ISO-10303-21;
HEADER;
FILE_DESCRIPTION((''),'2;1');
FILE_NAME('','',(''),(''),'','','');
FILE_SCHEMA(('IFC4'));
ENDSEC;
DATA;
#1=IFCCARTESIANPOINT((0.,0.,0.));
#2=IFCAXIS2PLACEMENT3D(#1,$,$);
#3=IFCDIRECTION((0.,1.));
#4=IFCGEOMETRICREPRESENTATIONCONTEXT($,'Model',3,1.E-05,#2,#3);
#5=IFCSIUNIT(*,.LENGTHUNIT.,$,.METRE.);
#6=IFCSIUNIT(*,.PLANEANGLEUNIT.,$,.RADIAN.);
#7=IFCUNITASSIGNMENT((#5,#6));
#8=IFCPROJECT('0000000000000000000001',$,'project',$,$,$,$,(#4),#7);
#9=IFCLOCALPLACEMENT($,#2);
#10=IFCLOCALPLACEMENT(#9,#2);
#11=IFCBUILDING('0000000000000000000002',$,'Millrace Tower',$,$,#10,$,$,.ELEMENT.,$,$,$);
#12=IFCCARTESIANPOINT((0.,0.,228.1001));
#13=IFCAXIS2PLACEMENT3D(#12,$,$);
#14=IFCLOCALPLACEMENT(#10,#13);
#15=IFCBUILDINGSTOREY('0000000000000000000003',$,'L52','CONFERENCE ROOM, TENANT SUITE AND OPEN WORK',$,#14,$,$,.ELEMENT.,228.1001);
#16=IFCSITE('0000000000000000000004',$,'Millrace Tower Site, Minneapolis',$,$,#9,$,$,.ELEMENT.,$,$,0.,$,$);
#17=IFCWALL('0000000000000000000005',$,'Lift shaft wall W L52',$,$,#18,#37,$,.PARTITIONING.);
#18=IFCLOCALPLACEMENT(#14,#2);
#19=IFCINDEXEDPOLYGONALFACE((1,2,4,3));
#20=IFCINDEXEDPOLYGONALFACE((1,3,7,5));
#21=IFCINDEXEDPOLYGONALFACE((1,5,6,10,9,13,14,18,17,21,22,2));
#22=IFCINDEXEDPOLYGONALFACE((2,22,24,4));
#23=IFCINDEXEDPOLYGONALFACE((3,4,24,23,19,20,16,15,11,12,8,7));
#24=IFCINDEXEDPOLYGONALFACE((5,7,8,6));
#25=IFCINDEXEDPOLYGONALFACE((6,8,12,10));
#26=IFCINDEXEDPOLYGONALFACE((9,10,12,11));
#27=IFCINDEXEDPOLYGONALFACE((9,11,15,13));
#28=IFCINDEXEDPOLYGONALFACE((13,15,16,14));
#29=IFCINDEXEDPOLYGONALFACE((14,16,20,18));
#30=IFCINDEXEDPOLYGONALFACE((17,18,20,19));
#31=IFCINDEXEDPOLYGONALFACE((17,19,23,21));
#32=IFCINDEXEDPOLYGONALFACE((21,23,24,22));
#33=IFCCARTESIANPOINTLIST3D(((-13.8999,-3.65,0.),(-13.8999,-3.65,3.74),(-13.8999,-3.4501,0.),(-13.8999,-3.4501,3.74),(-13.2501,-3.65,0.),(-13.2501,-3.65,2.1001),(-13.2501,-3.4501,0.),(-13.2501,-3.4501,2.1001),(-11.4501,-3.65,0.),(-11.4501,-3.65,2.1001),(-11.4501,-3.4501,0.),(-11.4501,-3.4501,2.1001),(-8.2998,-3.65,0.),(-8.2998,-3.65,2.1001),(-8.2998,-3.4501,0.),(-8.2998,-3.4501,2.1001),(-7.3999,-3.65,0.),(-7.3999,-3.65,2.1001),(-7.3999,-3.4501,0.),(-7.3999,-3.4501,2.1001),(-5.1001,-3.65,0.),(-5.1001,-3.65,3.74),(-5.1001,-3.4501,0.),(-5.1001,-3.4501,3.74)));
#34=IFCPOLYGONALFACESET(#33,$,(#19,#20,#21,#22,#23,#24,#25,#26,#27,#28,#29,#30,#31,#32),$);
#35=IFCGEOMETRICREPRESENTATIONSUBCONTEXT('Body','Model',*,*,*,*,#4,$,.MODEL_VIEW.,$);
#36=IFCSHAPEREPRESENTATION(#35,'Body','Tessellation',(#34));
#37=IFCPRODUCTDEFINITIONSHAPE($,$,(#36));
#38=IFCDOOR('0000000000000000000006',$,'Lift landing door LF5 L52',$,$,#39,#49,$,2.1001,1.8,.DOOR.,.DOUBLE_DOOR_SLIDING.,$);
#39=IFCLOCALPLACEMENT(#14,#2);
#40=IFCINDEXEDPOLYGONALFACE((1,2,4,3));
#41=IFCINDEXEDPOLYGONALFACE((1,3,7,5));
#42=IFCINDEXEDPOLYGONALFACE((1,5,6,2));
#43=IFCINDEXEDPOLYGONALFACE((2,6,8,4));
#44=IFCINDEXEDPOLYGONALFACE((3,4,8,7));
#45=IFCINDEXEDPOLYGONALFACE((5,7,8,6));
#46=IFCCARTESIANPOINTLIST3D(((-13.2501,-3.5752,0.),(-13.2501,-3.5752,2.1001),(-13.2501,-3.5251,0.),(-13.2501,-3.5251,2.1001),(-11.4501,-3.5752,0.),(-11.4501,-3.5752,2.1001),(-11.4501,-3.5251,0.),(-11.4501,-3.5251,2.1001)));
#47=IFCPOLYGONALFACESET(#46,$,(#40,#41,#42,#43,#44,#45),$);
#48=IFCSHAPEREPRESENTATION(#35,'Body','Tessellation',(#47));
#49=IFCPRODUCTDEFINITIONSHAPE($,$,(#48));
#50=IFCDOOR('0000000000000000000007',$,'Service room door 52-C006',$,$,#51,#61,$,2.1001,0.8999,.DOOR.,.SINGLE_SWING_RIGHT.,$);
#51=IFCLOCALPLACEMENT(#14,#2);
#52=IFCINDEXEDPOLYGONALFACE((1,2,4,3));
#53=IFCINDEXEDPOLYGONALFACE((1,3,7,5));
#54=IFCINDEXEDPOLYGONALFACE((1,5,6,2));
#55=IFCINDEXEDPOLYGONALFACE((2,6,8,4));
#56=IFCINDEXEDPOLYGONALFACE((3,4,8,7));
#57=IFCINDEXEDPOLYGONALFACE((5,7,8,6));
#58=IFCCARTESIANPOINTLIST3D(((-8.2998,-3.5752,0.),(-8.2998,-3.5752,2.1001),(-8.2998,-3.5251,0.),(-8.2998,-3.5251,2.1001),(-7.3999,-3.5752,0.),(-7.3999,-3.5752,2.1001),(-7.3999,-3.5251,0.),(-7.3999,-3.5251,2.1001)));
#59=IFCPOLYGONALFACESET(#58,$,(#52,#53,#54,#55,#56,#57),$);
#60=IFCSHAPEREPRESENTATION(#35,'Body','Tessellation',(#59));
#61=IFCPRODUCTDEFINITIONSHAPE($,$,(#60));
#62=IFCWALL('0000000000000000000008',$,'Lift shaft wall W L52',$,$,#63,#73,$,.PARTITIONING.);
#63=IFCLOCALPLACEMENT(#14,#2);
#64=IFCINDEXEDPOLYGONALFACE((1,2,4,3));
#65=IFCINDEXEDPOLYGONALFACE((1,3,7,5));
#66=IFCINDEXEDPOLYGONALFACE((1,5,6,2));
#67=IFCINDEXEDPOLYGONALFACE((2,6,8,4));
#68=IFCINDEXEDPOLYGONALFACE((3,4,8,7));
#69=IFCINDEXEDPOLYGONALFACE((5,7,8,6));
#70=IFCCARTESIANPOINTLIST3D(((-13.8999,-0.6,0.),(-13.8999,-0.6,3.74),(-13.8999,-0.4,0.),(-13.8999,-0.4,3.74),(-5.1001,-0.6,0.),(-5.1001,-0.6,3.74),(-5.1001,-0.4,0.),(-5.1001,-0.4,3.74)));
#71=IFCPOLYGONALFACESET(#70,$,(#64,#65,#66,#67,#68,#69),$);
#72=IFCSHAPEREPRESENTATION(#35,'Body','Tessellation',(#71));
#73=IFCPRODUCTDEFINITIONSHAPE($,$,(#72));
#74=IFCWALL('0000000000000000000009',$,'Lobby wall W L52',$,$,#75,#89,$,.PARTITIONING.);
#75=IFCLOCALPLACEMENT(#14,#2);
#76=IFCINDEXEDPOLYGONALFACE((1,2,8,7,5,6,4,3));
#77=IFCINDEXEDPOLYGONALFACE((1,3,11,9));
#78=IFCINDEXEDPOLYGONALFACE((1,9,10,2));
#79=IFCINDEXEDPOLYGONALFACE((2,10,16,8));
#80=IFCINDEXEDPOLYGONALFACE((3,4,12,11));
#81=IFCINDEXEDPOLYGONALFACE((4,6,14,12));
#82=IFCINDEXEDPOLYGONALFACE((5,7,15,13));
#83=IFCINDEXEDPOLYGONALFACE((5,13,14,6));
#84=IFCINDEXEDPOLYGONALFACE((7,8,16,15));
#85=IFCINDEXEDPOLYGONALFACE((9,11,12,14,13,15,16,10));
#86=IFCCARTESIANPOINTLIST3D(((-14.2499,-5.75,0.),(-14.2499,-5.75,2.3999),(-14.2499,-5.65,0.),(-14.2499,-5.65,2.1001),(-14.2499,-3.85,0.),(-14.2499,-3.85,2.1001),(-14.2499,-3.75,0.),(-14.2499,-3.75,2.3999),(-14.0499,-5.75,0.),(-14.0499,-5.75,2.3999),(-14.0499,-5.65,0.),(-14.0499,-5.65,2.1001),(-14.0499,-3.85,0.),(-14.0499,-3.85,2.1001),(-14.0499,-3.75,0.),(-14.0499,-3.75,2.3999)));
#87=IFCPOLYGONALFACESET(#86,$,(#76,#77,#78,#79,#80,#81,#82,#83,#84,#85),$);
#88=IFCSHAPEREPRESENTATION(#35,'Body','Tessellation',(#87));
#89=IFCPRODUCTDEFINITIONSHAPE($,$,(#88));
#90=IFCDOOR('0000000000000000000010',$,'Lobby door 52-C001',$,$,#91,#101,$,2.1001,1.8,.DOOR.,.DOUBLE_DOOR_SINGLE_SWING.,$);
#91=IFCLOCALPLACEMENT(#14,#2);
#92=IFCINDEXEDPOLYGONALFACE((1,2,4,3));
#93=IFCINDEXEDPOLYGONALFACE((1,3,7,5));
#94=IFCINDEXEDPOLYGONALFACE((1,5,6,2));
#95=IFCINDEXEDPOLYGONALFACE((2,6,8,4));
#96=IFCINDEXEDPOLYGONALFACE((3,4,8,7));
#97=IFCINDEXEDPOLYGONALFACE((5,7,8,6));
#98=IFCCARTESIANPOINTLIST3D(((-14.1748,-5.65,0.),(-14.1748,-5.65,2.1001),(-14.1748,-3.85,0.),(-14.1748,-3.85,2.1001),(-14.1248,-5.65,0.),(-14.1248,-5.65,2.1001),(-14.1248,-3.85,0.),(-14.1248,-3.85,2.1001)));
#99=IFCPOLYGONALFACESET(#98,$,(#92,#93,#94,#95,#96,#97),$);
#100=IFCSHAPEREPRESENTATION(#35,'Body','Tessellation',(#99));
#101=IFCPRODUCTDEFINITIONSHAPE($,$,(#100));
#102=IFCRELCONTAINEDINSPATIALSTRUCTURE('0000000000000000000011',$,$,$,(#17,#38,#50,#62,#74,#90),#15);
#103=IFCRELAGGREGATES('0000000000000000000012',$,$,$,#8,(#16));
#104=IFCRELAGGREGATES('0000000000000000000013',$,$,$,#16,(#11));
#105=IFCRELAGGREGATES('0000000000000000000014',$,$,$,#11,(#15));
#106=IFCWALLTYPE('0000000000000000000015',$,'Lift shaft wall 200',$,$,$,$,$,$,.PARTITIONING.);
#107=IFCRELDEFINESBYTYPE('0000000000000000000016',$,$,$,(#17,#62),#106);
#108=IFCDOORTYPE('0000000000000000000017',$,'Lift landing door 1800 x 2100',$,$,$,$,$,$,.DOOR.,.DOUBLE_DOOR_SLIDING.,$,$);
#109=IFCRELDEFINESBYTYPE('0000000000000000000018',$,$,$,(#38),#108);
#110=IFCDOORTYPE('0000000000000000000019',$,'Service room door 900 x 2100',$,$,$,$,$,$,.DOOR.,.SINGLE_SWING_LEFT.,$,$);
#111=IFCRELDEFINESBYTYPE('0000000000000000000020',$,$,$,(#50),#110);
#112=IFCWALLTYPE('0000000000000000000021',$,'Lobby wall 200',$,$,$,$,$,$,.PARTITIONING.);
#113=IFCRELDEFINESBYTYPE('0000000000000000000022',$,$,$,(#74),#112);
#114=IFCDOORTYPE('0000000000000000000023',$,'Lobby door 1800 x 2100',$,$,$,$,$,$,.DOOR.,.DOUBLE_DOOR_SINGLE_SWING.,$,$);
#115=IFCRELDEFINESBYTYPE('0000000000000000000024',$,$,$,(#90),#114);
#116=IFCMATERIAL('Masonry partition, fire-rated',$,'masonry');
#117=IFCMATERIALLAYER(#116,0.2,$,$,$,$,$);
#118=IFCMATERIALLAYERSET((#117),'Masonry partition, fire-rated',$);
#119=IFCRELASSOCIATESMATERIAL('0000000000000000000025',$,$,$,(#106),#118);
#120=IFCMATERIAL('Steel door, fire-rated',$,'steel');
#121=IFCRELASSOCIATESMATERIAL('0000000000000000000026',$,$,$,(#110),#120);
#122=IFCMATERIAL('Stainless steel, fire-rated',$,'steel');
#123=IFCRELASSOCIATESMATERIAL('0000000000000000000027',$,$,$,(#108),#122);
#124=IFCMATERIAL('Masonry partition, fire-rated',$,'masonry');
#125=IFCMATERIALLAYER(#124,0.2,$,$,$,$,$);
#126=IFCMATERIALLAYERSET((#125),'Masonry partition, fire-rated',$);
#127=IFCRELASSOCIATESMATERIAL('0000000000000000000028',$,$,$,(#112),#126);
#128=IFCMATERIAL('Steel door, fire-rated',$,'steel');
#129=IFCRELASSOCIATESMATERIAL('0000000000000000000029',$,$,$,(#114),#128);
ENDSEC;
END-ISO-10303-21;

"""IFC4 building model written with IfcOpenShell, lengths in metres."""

from ifc_helpers import new_model, si_unit, direction, frame, frame_2d, origin, place, context, subcontext, project, spatial, rectangle, extrude, material, layer, layer_set, type_object, element, fill, save


model = new_model("IFC4")

# Units and contexts
model_context = context("Model", 3, precision=1e-05, world=origin(), true_north=direction((0.0, 1.0)))
body_context = subcontext(model_context, "Body", "Model", "MODEL_VIEW")
ifc_project = project(units=[si_unit("LENGTHUNIT", "METRE"), si_unit("PLANEANGLEUNIT", "RADIAN")], contexts=[model_context])

# Site, building, storey
site_placement = place(None, origin())
site = spatial("IfcSite", under=ifc_project, at=site_placement, Name="Millrace Tower Site, Minneapolis", CompositionType="ELEMENT", RefElevation=0.0)
building_placement = place(site_placement, origin())
building = spatial("IfcBuilding", under=site, at=building_placement, Name="Millrace Tower", CompositionType="ELEMENT")
storey_placement = place(building_placement, frame((0.0, 0.0, 228.1001)))
storey = spatial("IfcBuildingStorey", under=building, at=storey_placement, Name="L52", Description="CONFERENCE ROOM, TENANT SUITE AND OPEN WORK", CompositionType="ELEMENT", Elevation=228.1001)

# Wall, openings, doors
ifc_material_1 = material(Name="Masonry partition, fire-rated", Category="masonry")
ifc_layer_1 = layer(ifc_material_1, 0.2)
ifc_layer_set_1 = layer_set([ifc_layer_1], Name="Masonry partition, fire-rated")
wall_type_1 = type_object("IfcWallType", Name="Lift shaft wall 200", PredefinedType="PARTITIONING", material=ifc_layer_set_1)
ifc_material_2 = material(Name="Steel door, fire-rated", Category="steel")
door_type_1 = type_object("IfcDoorType", Name="Service room door 900 x 2100", OperationType="SINGLE_SWING_LEFT", PredefinedType="DOOR", material=ifc_material_2)
wall_1_placement = place(storey_placement, frame((-13.8999, -3.55, 0.0), z_axis=(0.0, 0.0, 1.0), x_axis=(1.0, 0.0, 0.0)))
wall_1 = element("IfcWall", 1, at=wall_1_placement, inside=storey, type_object=wall_type_1, Name="Lift shaft wall W L52", PredefinedType="PARTITIONING", context=body_context, shape_type="SweptSolid", body=[
    extrude(rectangle(XDim=8.7998, YDim=0.2, at=frame_2d((4.3999, 0.0))), origin(), (0.0, 0.0, 1.0), 3.74),
])
opening_1_placement = place(wall_1_placement, frame((0.6499, 0.0, 0.0)))
opening_1 = element("IfcOpeningElement", 2, at=opening_1_placement, cuts=wall_1, PredefinedType="OPENING", context=body_context, shape_type="SweptSolid", body=[
    extrude(rectangle(XDim=1.8, YDim=2.1001, at=frame_2d((0.8999, 1.05))), frame((0.0, 0.1099, 0.0), z_axis=(0.0, -1.0, 0.0), x_axis=(1.0, 0.0, 0.0)), (0.0, 0.0, 1.0), 0.22),
])
opening_2_placement = place(wall_1_placement, frame((5.6001, 0.0, 0.0)))
opening_2 = element("IfcOpeningElement", 3, at=opening_2_placement, cuts=wall_1, PredefinedType="OPENING", context=body_context, shape_type="SweptSolid", body=[
    extrude(rectangle(XDim=0.8999, YDim=2.1001, at=frame_2d((0.45, 1.05))), frame((0.0, 0.1099, 0.0), z_axis=(0.0, -1.0, 0.0), x_axis=(1.0, 0.0, 0.0)), (0.0, 0.0, 1.0), 0.22),
])
ifc_material_3 = material(Name="Stainless steel, fire-rated", Category="steel")
door_type_2 = type_object("IfcDoorType", Name="Lift landing door 1800 x 2100", OperationType="DOUBLE_DOOR_SLIDING", PredefinedType="DOOR", material=ifc_material_3)
door_1_placement = place(opening_1_placement, origin())
door_1 = element("IfcDoor", 4, at=door_1_placement, inside=storey, type_object=door_type_2, Name="Lift landing door LF5 L52", OperationType="DOUBLE_DOOR_SLIDING", OverallHeight=2.1001, OverallWidth=1.8, PredefinedType="DOOR", context=body_context, shape_type="SweptSolid", body=[
    extrude(rectangle(XDim=1.8, YDim=2.1001, at=frame_2d((0.8999, 1.05))), frame((0.0, 0.0249, 0.0), z_axis=(0.0, -1.0, 0.0), x_axis=(1.0, 0.0, 0.0)), (0.0, 0.0, 1.0), 0.05),
])
fill(opening_1, door_1)
door_2_placement = place(opening_2_placement, origin())
door_2 = element("IfcDoor", 5, at=door_2_placement, inside=storey, type_object=door_type_1, Name="Service room door 52-C006", OperationType="SINGLE_SWING_RIGHT", OverallHeight=2.1001, OverallWidth=0.8999, PredefinedType="DOOR", context=body_context, shape_type="SweptSolid", body=[
    extrude(rectangle(XDim=0.8999, YDim=2.1001, at=frame_2d((0.45, 1.05))), frame((0.0, 0.0249, 0.0), z_axis=(0.0, -1.0, 0.0), x_axis=(1.0, 0.0, 0.0)), (0.0, 0.0, 1.0), 0.05),
])
fill(opening_2, door_2)

# Wall
wall_2_placement = place(storey_placement, frame((-13.8999, -0.5, 0.0), z_axis=(0.0, 0.0, 1.0), x_axis=(1.0, 0.0, 0.0)))
element("IfcWall", 6, at=wall_2_placement, inside=storey, type_object=wall_type_1, Name="Lift shaft wall W L52", PredefinedType="PARTITIONING", context=body_context, shape_type="SweptSolid", body=[
    extrude(rectangle(XDim=8.7998, YDim=0.2, at=frame_2d((4.3999, 0.0))), origin(), (0.0, 0.0, 1.0), 3.74),
])

# Wall, opening, door
ifc_material_4 = material(Name="Masonry partition, fire-rated", Category="masonry")
ifc_layer_2 = layer(ifc_material_4, 0.2)
ifc_layer_set_2 = layer_set([ifc_layer_2], Name="Masonry partition, fire-rated")
wall_type_2 = type_object("IfcWallType", Name="Lobby wall 200", PredefinedType="PARTITIONING", material=ifc_layer_set_2)
wall_3_placement = place(storey_placement, frame((-14.1499, -5.75, 0.0), z_axis=(0.0, 0.0, 1.0), x_axis=(0.0, 1.0, 0.0)))
wall_3 = element("IfcWall", 7, at=wall_3_placement, inside=storey, type_object=wall_type_2, Name="Lobby wall W L52", PredefinedType="PARTITIONING", context=body_context, shape_type="SweptSolid", body=[
    extrude(rectangle(XDim=2.0, YDim=0.2, at=frame_2d((1.0, 0.0))), origin(), (0.0, 0.0, 1.0), 2.3999),
])
opening_3_placement = place(wall_3_placement, frame((0.1001, 0.0, 0.0)))
opening_3 = element("IfcOpeningElement", 8, at=opening_3_placement, cuts=wall_3, PredefinedType="OPENING", context=body_context, shape_type="SweptSolid", body=[
    extrude(rectangle(XDim=1.8, YDim=2.1001, at=frame_2d((0.8999, 1.05))), frame((0.0, 0.1099, 0.0), z_axis=(0.0, -1.0, 0.0), x_axis=(1.0, 0.0, 0.0)), (0.0, 0.0, 1.0), 0.22),
])
ifc_material_5 = material(Name="Steel door, fire-rated", Category="steel")
door_type_3 = type_object("IfcDoorType", Name="Lobby door 1800 x 2100", OperationType="DOUBLE_DOOR_SINGLE_SWING", PredefinedType="DOOR", material=ifc_material_5)
door_3_placement = place(opening_3_placement, origin())
door_3 = element("IfcDoor", 9, at=door_3_placement, inside=storey, type_object=door_type_3, Name="Lobby door 52-C001", OperationType="DOUBLE_DOOR_SINGLE_SWING", OverallHeight=2.1001, OverallWidth=1.8, PredefinedType="DOOR", context=body_context, shape_type="SweptSolid", body=[
    extrude(rectangle(XDim=1.8, YDim=2.1001, at=frame_2d((0.8999, 1.05))), frame((0.0, 0.0249, 0.0), z_axis=(0.0, -1.0, 0.0), x_axis=(1.0, 0.0, 0.0)), (0.0, 0.0, 1.0), 0.05),
])
fill(opening_3, door_3)

save(model, "model.ifc")
